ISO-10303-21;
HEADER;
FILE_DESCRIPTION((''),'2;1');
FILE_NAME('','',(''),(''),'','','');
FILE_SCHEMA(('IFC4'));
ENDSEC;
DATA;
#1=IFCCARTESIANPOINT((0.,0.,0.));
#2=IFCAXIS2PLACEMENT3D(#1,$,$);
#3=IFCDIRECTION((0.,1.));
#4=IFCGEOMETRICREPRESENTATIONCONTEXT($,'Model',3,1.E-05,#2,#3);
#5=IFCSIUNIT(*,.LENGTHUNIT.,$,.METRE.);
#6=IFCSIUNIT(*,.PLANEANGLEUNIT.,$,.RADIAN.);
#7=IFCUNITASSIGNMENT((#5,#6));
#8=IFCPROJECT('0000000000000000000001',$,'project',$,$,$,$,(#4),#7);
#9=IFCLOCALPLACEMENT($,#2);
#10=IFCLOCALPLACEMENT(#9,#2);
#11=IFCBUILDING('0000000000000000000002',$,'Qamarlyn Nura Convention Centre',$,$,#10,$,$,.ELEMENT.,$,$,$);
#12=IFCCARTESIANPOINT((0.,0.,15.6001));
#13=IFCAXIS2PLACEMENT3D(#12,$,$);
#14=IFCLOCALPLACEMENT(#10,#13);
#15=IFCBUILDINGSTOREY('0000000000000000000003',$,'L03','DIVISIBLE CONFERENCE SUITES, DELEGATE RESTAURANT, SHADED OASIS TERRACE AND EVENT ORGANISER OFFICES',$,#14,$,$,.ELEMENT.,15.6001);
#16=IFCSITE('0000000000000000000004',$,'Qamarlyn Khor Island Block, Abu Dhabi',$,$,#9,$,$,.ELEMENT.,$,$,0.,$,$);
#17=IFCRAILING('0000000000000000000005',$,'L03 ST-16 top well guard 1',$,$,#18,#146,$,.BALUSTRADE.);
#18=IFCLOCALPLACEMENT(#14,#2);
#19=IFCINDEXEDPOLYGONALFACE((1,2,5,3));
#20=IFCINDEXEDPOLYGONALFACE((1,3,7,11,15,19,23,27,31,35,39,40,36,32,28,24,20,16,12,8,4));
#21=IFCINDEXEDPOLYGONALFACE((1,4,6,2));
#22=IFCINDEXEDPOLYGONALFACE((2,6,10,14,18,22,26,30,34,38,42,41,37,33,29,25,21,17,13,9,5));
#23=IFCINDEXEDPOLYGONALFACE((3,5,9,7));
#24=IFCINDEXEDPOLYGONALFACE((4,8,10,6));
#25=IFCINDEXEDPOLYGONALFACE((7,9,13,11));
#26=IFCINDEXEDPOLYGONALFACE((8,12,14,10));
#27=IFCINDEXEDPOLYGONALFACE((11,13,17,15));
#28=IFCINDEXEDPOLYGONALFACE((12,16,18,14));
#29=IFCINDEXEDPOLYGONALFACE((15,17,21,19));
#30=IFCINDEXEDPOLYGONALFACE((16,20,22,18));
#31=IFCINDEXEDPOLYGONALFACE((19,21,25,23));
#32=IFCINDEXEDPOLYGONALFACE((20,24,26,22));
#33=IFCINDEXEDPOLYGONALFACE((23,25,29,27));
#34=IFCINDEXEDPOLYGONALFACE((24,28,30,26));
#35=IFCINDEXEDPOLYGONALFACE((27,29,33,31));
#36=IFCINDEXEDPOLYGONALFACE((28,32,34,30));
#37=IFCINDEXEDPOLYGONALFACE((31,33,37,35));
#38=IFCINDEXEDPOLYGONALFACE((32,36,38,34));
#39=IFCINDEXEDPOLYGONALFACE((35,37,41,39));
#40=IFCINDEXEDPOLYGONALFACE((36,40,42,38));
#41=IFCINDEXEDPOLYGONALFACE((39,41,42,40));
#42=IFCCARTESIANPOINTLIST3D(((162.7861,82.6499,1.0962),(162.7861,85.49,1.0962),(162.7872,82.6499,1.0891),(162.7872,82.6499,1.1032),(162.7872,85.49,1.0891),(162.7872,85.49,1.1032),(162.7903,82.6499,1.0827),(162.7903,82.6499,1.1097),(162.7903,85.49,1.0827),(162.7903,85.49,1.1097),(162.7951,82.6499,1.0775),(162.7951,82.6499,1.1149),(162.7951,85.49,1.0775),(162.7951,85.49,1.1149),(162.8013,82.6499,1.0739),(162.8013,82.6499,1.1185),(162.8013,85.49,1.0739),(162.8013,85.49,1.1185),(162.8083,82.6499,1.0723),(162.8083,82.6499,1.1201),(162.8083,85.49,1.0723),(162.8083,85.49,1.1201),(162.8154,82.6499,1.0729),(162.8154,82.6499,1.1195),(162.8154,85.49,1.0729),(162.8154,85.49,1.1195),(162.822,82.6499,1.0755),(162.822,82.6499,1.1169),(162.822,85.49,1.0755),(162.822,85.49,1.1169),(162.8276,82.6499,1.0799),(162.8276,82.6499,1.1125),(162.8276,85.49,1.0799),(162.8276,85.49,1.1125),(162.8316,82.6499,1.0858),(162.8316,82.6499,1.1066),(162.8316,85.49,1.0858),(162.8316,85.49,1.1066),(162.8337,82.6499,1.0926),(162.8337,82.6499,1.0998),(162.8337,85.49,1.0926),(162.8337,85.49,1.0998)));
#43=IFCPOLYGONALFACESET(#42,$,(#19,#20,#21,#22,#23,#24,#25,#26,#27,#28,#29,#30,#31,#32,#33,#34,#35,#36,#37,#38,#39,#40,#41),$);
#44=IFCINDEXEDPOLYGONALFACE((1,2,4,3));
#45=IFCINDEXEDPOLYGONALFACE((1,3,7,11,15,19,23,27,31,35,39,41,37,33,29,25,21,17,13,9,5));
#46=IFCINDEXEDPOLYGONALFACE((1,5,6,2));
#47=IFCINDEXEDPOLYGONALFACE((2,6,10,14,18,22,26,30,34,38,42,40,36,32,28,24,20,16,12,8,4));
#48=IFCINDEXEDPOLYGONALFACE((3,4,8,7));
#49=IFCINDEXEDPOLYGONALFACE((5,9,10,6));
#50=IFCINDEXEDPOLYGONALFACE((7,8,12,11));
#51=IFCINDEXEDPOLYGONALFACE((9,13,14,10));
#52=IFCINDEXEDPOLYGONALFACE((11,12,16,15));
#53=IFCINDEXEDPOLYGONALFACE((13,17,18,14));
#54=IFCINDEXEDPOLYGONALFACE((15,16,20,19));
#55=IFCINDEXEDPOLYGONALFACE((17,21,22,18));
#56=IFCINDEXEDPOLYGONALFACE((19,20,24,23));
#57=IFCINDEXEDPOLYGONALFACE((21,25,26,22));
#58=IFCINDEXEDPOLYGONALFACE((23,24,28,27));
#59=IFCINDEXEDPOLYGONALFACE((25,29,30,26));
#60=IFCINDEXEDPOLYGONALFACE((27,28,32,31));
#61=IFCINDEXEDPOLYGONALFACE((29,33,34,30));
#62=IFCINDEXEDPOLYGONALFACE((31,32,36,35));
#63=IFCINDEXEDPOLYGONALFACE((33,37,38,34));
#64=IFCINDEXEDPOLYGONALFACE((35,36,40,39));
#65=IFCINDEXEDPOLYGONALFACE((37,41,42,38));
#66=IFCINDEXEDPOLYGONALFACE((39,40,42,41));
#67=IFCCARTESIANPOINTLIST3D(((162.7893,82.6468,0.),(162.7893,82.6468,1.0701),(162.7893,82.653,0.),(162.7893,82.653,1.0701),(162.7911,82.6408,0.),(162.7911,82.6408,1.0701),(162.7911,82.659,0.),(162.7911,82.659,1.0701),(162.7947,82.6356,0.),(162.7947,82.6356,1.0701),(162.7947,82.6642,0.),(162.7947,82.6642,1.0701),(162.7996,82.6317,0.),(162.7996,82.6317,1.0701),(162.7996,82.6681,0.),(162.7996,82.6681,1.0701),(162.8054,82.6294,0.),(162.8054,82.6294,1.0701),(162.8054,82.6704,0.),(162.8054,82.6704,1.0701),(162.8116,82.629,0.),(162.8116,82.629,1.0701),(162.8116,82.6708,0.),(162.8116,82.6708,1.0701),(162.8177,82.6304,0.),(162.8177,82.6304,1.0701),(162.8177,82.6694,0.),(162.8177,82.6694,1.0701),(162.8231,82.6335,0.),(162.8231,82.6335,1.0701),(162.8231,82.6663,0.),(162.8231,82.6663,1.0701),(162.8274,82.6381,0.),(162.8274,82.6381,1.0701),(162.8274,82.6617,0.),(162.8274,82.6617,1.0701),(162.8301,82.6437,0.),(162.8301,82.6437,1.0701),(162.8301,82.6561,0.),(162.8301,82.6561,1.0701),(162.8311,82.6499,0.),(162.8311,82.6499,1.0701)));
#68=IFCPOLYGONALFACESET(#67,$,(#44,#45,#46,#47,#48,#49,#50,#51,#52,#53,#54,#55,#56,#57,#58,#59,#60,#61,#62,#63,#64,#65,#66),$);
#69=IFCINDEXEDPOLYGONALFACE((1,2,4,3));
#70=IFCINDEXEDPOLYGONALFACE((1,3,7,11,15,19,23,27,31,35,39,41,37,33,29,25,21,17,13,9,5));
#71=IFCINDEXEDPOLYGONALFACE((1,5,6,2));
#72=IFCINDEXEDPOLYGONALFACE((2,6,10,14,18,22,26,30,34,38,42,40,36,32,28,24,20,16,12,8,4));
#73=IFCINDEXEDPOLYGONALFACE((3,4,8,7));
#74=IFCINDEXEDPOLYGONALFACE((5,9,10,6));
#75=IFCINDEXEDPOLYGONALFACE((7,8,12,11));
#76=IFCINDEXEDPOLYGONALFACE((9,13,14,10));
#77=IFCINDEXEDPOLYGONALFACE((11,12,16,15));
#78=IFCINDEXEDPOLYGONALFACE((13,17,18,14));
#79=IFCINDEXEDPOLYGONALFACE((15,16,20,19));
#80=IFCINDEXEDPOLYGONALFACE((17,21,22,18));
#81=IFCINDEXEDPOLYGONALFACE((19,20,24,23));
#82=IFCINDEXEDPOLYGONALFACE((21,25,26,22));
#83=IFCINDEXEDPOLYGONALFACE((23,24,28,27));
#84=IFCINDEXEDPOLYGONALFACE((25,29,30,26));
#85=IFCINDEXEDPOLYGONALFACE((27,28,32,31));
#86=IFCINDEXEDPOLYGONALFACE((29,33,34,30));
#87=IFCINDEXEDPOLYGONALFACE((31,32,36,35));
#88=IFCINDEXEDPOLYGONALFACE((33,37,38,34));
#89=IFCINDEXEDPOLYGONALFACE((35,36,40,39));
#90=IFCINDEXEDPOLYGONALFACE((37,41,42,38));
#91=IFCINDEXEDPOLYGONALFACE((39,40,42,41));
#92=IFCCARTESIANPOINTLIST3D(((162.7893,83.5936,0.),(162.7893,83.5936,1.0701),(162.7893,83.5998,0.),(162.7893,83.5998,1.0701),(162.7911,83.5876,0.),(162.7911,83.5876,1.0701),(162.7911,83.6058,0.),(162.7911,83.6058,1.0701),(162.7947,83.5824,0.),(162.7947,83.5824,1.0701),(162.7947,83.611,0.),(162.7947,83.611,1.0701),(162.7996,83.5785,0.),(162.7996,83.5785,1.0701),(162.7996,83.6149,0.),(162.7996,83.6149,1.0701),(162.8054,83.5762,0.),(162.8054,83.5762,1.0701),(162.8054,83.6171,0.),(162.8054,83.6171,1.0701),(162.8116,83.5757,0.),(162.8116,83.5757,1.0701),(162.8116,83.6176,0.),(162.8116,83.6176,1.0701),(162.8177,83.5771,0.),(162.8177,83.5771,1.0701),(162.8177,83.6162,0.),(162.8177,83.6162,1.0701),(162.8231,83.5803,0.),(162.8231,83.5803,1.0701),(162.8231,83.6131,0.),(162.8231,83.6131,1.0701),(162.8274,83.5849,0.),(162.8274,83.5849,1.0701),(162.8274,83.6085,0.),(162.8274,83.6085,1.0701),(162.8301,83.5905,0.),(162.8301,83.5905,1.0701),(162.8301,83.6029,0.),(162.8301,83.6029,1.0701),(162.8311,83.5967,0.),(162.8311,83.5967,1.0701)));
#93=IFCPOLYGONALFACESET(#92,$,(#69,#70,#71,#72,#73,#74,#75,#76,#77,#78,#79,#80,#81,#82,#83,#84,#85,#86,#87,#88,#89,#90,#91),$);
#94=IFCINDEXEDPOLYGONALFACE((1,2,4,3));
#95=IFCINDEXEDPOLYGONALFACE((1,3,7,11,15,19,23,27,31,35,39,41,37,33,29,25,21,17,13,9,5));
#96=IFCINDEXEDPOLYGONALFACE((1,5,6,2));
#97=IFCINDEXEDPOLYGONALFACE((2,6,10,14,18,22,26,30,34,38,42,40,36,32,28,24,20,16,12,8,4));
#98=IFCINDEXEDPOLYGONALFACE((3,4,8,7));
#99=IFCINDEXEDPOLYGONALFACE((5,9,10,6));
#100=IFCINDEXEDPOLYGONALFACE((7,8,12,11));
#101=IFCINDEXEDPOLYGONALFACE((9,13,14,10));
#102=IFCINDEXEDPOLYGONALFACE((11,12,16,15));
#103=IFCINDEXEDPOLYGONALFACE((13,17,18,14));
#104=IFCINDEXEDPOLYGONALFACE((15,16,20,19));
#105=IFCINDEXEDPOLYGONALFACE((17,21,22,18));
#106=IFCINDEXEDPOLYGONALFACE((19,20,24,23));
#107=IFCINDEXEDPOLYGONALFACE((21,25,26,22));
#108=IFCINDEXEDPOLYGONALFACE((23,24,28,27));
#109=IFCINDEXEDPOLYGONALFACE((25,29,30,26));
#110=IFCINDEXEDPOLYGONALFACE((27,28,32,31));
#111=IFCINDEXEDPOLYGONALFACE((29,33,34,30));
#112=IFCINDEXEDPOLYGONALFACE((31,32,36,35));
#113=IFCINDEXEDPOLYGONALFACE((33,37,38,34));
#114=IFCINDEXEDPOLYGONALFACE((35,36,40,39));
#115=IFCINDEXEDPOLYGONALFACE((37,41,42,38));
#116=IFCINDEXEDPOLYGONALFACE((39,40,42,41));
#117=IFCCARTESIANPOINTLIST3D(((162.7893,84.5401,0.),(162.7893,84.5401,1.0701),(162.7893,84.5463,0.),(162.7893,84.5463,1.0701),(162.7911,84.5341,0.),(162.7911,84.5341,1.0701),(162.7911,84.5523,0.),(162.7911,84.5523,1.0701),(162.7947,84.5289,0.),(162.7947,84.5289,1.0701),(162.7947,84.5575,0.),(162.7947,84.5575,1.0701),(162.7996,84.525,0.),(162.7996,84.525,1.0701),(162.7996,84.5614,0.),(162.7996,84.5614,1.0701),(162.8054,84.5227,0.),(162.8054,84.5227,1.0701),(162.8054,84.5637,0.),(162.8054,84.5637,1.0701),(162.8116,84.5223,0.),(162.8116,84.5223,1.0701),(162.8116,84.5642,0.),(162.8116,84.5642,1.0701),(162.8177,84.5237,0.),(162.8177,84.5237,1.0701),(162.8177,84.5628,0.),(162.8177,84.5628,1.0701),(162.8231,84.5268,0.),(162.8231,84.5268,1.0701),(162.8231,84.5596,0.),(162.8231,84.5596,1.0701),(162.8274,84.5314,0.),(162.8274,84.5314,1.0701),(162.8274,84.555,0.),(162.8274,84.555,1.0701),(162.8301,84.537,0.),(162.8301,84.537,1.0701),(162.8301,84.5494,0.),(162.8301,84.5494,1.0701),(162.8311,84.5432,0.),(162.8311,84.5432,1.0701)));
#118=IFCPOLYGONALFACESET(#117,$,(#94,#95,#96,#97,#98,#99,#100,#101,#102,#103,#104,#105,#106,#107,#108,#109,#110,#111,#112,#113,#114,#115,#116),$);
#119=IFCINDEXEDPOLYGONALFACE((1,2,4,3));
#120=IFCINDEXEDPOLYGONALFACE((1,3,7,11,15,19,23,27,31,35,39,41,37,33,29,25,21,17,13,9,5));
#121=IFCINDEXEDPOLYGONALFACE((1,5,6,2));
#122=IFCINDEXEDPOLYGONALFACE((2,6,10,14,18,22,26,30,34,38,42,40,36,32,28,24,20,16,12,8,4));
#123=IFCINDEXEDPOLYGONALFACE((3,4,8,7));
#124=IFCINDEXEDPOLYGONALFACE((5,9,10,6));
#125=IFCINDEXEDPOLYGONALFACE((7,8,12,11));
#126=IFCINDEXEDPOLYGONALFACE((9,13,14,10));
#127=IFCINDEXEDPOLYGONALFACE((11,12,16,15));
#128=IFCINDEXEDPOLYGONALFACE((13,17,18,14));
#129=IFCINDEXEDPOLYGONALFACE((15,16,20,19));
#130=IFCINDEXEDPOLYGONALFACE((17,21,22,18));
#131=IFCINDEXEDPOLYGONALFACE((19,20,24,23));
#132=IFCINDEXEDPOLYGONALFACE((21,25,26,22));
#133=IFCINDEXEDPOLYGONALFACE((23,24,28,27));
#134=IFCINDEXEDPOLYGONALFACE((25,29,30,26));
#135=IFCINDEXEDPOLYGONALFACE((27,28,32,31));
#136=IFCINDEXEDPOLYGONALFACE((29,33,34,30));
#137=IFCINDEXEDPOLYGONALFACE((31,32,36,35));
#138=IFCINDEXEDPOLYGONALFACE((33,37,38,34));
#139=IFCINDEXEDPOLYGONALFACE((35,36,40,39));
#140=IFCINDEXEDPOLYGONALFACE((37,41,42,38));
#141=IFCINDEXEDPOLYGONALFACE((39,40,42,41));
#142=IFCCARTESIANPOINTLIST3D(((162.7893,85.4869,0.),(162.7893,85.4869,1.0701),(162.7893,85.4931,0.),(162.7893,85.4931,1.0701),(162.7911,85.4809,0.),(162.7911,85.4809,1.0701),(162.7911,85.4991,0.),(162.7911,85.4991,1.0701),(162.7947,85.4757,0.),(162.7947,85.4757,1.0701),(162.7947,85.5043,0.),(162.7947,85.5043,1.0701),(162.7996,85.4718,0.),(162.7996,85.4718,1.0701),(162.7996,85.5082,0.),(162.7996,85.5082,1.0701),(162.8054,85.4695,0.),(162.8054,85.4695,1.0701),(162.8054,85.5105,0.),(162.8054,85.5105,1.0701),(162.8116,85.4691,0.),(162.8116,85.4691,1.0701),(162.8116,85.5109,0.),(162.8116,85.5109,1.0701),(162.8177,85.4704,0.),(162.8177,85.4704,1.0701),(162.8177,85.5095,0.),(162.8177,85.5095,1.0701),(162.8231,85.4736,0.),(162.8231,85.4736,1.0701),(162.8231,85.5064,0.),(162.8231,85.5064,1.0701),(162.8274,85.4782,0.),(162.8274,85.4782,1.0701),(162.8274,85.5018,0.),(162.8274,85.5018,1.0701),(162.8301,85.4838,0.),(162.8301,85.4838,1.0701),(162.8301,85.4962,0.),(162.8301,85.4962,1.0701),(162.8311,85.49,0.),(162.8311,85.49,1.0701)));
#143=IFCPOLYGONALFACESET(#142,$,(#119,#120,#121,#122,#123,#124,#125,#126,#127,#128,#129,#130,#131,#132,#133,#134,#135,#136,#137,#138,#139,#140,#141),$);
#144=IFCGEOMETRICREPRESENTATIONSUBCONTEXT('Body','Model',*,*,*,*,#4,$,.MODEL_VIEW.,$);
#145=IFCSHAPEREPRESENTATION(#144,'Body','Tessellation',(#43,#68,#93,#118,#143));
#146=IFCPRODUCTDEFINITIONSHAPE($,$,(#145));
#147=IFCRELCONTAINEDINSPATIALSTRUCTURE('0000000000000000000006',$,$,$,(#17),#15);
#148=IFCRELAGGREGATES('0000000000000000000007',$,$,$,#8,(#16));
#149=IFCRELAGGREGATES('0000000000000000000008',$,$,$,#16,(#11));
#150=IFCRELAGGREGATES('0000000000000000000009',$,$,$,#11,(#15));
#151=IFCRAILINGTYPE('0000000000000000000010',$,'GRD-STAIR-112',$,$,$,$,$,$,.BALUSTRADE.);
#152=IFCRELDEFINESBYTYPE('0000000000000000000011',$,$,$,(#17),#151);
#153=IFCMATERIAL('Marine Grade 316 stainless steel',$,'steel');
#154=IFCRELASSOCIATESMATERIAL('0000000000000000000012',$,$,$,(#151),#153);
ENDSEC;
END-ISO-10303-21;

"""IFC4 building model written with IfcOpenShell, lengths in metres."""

from ifc_helpers import new_model, si_unit, direction, frame, origin, origin_2d, place, context, subcontext, project, spatial, circle, extrude, material, type_object, element, save


model = new_model("IFC4")

# Units and contexts
model_context = context("Model", 3, precision=1e-05, world=origin(), true_north=direction((0.0, 1.0)))
body_context = subcontext(model_context, "Body", "Model", "MODEL_VIEW")
ifc_project = project(units=[si_unit("LENGTHUNIT", "METRE"), si_unit("PLANEANGLEUNIT", "RADIAN")], contexts=[model_context])

# Site, building, storey
site_placement = place(None, origin())
site = spatial("IfcSite", under=ifc_project, at=site_placement, Name="Qamarlyn Khor Island Block, Abu Dhabi", CompositionType="ELEMENT", RefElevation=0.0)
building_placement = place(site_placement, origin())
building = spatial("IfcBuilding", under=site, at=building_placement, Name="Qamarlyn Nura Convention Centre", CompositionType="ELEMENT")
storey_placement = place(building_placement, frame((0.0, 0.0, 15.6001)))
storey = spatial("IfcBuildingStorey", under=building, at=storey_placement, Name="L03", Description="DIVISIBLE CONFERENCE SUITES, DELEGATE RESTAURANT, SHADED OASIS TERRACE AND EVENT ORGANISER OFFICES", CompositionType="ELEMENT", Elevation=15.6001)

# Railing
ifc_material_1 = material(Name="Marine Grade 316 stainless steel", Category="steel")
railing_type = type_object("IfcRailingType", Name="GRD-STAIR-112", PredefinedType="BALUSTRADE", material=ifc_material_1)
railing_placement = place(storey_placement, frame((162.8101, 82.6499, 0.0)))
element("IfcRailing", 1, at=railing_placement, inside=storey, type_object=railing_type, Name="L03 ST-16 top well guard 1", PredefinedType="BALUSTRADE", context=body_context, shape_type="SweptSolid", body=[
    extrude(circle(Radius=0.0239, at=origin_2d()), frame((0.0, 0.0, 1.0962), z_axis=(0.0, 1.0, 0.0), x_axis=(-1.0, 0.0, 0.0)), (0.0, 0.0, 1.0), 2.8401),
    extrude(circle(Radius=0.021, at=origin_2d()), origin(), (0.0, 0.0, 1.0), 1.0701),
    extrude(circle(Radius=0.021, at=origin_2d()), frame((0.0, 0.9468, 0.0)), (0.0, 0.0, 1.0), 1.0701),
    extrude(circle(Radius=0.021, at=origin_2d()), frame((0.0, 1.8933, 0.0)), (0.0, 0.0, 1.0), 1.0701),
    extrude(circle(Radius=0.021, at=origin_2d()), frame((0.0, 2.8401, 0.0)), (0.0, 0.0, 1.0), 1.0701),
])

save(model, "model.ifc")
